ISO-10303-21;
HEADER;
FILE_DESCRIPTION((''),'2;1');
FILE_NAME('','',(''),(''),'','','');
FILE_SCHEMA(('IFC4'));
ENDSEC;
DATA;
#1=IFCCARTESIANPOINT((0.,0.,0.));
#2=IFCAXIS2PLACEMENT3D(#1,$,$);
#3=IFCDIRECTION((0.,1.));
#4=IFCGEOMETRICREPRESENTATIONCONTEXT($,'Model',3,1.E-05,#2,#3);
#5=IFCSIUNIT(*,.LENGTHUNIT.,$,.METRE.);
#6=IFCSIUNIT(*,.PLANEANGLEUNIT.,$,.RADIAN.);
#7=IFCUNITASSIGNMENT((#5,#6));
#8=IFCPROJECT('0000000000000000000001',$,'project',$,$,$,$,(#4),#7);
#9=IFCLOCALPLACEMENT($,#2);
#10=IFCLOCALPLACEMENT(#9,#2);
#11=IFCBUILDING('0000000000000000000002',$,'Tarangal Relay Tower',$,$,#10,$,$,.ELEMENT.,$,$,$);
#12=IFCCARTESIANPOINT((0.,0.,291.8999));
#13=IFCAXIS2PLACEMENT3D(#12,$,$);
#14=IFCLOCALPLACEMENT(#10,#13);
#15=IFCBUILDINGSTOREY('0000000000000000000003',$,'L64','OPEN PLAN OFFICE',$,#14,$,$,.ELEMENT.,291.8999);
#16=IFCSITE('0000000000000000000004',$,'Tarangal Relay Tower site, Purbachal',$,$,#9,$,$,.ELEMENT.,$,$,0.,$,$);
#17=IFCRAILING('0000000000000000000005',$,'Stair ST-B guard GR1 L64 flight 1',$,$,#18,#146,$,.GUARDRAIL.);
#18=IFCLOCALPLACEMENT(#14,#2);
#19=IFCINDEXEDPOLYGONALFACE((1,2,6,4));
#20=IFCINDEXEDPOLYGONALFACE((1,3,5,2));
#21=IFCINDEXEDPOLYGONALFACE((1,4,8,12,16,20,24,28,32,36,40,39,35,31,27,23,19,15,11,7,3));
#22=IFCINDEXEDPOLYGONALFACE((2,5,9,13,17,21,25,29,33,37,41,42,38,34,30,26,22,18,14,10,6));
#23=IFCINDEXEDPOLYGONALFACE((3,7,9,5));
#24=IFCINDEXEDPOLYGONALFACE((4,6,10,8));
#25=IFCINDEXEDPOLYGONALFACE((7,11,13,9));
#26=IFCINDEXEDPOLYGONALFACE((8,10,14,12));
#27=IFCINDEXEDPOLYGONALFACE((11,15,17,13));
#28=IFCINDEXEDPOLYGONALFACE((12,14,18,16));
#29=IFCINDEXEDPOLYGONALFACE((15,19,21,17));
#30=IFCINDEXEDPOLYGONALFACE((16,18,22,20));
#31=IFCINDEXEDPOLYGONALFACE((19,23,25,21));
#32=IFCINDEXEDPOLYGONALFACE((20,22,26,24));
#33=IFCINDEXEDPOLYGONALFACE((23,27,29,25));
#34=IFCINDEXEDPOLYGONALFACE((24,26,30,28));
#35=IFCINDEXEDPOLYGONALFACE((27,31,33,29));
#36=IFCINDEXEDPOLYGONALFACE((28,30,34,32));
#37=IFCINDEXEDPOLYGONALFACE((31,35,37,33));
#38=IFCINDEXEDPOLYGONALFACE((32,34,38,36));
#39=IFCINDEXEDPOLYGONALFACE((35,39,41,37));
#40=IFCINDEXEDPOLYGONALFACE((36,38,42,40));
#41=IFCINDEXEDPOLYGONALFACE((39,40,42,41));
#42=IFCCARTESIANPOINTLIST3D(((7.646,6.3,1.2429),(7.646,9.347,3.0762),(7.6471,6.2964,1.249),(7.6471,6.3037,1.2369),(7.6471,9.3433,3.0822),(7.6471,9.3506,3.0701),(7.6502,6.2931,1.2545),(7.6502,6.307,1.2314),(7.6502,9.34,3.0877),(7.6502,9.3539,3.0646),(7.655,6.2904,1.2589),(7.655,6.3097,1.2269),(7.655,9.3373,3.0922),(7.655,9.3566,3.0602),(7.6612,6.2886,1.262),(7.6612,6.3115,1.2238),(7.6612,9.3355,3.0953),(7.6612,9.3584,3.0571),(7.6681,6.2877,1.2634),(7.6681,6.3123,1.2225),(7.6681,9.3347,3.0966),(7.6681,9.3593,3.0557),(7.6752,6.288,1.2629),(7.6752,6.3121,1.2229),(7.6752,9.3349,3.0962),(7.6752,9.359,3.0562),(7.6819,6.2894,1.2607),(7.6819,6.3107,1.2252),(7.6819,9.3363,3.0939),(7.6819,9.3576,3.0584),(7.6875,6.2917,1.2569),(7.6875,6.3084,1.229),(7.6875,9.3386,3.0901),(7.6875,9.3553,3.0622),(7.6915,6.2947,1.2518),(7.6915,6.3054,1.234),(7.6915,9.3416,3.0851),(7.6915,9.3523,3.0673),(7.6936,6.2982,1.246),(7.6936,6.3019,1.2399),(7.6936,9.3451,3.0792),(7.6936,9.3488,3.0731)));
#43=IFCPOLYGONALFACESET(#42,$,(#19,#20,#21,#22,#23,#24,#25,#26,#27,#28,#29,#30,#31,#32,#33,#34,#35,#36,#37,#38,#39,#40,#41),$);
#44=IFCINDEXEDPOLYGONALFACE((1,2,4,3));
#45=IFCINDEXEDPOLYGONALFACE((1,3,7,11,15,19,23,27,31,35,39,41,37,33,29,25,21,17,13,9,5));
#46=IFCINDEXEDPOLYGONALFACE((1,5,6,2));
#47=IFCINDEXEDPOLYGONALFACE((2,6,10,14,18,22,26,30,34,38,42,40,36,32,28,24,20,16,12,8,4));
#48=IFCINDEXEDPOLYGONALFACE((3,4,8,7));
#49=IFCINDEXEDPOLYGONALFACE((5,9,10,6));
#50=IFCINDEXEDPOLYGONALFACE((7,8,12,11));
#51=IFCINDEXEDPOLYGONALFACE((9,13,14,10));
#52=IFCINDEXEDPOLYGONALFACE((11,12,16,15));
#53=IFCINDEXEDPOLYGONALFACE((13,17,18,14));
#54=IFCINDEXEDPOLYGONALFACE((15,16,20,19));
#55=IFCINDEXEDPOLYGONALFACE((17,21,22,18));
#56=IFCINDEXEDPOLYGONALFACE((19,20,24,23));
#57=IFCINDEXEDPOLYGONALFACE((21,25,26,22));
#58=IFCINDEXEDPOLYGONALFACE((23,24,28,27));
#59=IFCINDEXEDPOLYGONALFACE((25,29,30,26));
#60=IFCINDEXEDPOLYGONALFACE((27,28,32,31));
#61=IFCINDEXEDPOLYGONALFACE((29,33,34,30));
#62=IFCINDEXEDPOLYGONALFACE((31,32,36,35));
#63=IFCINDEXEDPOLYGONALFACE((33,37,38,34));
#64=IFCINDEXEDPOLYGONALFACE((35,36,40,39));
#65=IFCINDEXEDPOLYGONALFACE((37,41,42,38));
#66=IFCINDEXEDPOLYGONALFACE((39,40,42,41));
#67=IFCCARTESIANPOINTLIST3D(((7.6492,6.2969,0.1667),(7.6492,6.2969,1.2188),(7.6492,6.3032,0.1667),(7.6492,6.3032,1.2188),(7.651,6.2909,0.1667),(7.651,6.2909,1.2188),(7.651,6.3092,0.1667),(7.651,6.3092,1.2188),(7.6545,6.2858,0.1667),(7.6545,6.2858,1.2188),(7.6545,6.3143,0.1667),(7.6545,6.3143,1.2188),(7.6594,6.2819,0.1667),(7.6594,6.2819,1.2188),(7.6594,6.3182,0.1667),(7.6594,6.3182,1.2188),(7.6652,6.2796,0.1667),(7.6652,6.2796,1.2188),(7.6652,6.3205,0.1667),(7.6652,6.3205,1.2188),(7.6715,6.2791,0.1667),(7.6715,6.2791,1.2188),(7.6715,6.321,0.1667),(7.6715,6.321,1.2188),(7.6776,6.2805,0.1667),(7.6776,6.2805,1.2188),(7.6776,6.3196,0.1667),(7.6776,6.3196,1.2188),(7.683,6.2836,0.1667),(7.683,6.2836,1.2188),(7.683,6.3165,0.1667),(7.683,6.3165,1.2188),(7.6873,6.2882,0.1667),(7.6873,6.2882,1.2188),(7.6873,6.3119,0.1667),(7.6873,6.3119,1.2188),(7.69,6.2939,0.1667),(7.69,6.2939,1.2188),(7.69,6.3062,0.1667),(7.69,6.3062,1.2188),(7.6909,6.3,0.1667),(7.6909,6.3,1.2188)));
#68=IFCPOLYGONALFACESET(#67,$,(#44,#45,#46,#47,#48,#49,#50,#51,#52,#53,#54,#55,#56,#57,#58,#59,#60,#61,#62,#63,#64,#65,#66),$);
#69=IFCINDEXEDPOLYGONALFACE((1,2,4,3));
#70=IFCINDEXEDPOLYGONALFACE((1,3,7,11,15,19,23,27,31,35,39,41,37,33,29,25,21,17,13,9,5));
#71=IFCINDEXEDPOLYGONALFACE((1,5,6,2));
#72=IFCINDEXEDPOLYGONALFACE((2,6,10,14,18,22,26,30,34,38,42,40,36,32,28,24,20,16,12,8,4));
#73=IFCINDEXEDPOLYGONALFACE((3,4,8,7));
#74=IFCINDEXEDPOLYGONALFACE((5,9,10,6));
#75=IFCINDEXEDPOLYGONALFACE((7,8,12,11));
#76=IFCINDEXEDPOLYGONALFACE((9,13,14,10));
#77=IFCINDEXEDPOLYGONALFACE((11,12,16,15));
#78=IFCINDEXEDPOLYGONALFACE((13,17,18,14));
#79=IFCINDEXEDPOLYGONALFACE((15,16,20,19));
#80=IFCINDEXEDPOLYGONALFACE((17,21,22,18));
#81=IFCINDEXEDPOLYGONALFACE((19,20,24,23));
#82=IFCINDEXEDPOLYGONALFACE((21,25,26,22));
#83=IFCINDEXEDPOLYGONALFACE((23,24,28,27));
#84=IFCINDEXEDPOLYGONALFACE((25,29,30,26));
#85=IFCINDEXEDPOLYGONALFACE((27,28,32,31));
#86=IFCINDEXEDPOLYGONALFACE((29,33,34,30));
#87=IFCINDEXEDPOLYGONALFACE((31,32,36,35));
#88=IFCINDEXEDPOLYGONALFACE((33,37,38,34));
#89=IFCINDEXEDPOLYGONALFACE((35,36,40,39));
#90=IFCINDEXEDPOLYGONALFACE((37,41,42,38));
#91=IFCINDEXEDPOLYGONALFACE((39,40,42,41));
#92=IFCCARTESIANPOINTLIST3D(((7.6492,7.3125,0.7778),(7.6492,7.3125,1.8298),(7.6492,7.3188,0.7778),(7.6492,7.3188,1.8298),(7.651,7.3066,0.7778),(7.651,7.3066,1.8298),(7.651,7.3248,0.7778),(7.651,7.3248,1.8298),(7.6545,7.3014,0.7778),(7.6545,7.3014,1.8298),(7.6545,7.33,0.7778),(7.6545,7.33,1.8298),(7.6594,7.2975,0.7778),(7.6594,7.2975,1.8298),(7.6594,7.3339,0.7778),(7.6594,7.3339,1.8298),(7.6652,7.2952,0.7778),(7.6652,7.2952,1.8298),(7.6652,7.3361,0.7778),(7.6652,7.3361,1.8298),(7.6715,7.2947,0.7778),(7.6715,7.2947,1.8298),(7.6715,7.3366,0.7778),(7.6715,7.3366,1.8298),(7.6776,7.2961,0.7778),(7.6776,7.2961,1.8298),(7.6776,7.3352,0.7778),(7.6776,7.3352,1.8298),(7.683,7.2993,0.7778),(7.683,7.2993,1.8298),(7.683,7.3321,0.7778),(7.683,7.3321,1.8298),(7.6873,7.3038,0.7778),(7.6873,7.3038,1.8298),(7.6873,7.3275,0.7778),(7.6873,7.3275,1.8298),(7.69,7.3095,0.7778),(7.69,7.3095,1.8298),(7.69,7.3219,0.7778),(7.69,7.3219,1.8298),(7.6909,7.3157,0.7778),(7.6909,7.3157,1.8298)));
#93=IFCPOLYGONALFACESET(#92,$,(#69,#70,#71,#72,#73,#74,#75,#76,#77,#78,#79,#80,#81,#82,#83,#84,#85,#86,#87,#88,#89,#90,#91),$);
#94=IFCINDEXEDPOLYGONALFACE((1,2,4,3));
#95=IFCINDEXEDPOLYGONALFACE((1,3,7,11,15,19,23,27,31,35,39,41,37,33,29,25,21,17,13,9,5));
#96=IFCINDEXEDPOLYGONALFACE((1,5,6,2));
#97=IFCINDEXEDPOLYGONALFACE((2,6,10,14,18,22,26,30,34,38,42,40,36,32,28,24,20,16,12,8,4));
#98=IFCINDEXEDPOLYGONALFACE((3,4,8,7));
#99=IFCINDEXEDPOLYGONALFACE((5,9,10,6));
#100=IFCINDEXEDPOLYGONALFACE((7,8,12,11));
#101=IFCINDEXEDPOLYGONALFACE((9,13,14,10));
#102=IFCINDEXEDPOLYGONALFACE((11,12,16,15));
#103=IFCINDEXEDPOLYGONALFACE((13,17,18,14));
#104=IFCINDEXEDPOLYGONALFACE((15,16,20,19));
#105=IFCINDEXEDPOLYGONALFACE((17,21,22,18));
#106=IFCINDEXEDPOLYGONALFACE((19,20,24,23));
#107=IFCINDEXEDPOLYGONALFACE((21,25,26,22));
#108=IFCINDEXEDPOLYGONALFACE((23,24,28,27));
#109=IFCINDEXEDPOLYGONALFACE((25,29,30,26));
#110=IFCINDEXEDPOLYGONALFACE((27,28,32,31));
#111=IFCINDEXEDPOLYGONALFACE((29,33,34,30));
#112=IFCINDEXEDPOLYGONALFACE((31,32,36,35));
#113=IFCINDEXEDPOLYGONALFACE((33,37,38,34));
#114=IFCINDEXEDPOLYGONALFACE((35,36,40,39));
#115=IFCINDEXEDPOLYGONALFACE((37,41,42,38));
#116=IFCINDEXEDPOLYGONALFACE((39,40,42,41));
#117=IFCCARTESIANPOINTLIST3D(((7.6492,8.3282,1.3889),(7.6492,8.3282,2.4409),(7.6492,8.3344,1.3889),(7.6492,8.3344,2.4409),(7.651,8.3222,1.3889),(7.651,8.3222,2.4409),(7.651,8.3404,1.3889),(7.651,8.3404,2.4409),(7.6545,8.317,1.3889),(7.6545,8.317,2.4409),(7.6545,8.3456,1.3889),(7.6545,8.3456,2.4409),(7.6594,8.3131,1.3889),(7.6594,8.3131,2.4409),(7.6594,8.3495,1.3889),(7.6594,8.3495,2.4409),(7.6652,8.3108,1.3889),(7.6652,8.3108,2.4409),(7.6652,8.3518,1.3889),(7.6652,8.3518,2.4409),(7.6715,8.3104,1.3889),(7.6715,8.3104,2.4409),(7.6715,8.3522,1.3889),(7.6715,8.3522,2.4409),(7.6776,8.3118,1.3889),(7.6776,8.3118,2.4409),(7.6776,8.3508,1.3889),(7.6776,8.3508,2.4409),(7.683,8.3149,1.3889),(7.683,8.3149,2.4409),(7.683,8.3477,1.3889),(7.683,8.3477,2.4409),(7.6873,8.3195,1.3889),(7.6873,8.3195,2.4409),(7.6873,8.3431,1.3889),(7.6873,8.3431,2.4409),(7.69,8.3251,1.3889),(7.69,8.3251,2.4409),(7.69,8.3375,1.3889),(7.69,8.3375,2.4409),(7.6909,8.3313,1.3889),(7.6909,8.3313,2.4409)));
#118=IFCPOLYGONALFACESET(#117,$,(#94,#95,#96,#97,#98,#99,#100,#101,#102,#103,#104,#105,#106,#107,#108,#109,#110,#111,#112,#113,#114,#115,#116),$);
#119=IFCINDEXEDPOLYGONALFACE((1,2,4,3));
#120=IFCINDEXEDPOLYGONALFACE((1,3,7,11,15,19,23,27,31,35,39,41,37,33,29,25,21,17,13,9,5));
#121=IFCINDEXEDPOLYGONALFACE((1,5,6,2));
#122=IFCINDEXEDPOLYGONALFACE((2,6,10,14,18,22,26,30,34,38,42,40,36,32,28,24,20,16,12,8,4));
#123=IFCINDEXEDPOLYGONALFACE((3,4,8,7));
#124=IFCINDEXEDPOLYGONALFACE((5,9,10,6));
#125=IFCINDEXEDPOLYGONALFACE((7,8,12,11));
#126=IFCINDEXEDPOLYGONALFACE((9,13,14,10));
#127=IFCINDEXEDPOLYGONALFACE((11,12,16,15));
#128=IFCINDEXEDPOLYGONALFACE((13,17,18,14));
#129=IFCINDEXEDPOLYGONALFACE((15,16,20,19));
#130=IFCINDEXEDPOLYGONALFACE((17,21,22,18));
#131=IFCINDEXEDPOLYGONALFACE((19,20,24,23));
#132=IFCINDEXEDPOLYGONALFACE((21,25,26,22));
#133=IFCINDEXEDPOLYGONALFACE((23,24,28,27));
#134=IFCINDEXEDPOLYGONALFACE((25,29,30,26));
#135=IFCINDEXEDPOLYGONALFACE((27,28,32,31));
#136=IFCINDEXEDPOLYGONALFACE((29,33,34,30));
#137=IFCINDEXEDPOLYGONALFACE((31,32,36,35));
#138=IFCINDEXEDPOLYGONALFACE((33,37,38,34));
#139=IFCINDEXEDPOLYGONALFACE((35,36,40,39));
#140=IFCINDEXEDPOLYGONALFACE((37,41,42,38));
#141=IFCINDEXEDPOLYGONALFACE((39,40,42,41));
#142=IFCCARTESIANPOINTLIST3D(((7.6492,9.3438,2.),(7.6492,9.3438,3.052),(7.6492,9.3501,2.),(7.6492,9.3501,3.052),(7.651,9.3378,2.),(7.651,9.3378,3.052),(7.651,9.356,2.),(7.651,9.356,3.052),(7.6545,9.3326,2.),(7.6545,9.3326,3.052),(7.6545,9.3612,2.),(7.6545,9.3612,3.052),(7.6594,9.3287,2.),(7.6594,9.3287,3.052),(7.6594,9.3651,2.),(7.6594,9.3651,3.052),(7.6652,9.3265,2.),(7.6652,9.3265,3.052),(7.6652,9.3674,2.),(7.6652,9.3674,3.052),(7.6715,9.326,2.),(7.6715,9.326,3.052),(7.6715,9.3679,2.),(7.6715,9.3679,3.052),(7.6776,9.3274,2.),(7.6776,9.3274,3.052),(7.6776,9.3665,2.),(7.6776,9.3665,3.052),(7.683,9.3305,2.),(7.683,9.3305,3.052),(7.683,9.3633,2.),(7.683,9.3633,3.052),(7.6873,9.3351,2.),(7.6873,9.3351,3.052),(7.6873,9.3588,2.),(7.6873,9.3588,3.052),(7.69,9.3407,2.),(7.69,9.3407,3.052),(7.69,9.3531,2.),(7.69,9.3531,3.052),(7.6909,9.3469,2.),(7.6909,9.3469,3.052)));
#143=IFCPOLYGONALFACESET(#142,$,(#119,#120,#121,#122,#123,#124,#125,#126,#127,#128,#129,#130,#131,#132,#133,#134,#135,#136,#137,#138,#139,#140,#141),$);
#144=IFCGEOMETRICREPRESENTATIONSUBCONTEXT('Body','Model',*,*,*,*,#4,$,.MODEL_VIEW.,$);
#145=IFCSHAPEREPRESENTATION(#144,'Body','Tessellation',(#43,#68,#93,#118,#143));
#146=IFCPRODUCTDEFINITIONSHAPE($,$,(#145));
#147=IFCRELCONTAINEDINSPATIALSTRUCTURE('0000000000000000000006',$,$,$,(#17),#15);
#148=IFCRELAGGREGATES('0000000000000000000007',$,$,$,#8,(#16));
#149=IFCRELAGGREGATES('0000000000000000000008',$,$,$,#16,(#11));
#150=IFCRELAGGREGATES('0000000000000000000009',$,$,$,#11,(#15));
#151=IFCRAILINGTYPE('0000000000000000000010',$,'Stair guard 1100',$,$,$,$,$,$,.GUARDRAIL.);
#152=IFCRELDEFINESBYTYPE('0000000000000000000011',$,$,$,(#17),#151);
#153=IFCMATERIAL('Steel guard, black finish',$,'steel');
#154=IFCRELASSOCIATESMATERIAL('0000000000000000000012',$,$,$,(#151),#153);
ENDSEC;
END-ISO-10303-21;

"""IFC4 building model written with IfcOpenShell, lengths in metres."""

from ifc_helpers import new_model, si_unit, direction, frame, origin, origin_2d, place, context, subcontext, project, spatial, circle, extrude, material, type_object, element, save


model = new_model("IFC4")

# Units and contexts
model_context = context("Model", 3, precision=1e-05, world=origin(), true_north=direction((0.0, 1.0)))
body_context = subcontext(model_context, "Body", "Model", "MODEL_VIEW")
ifc_project = project(units=[si_unit("LENGTHUNIT", "METRE"), si_unit("PLANEANGLEUNIT", "RADIAN")], contexts=[model_context])

# Site, building, storey
site_placement = place(None, origin())
site = spatial("IfcSite", under=ifc_project, at=site_placement, Name="Tarangal Relay Tower site, Purbachal", CompositionType="ELEMENT", RefElevation=0.0)
building_placement = place(site_placement, origin())
building = spatial("IfcBuilding", under=site, at=building_placement, Name="Tarangal Relay Tower", CompositionType="ELEMENT")
storey_placement = place(building_placement, frame((0.0, 0.0, 291.8999)))
storey = spatial("IfcBuildingStorey", under=building, at=storey_placement, Name="L64", Description="OPEN PLAN OFFICE", CompositionType="ELEMENT", Elevation=291.8999)

# Railing
ifc_material_1 = material(Name="Steel guard, black finish", Category="steel")
railing_type_1 = type_object("IfcRailingType", Name="Stair guard 1100", PredefinedType="GUARDRAIL", material=ifc_material_1)
railing_1_placement = place(storey_placement, frame((7.6699, 6.3, 0.1667)))
element("IfcRailing", 1, at=railing_1_placement, inside=storey, type_object=railing_type_1, Name="Stair ST-B guard GR1 L64 flight 1", PredefinedType="GUARDRAIL", context=body_context, shape_type="SweptSolid", body=[
    extrude(circle(Radius=0.0239, at=origin_2d()), frame((0.0, 0.0, 1.0762), z_axis=(0.0, 0.856856, 0.515556), x_axis=(-1.0, 0.0, 0.0)), (0.0, 0.0, 1.0), 3.5559),
    extrude(circle(Radius=0.021, at=origin_2d()), origin(), (0.0, 0.0, 1.0), 1.052),
    extrude(circle(Radius=0.021, at=origin_2d()), frame((0.0, 1.0156, 0.6111)), (0.0, 0.0, 1.0), 1.052),
    extrude(circle(Radius=0.021, at=origin_2d()), frame((0.0, 2.0312, 1.2222)), (0.0, 0.0, 1.0), 1.052),
    extrude(circle(Radius=0.021, at=origin_2d()), frame((0.0, 3.0469, 1.8333)), (0.0, 0.0, 1.0), 1.052),
])

save(model, "model.ifc")
